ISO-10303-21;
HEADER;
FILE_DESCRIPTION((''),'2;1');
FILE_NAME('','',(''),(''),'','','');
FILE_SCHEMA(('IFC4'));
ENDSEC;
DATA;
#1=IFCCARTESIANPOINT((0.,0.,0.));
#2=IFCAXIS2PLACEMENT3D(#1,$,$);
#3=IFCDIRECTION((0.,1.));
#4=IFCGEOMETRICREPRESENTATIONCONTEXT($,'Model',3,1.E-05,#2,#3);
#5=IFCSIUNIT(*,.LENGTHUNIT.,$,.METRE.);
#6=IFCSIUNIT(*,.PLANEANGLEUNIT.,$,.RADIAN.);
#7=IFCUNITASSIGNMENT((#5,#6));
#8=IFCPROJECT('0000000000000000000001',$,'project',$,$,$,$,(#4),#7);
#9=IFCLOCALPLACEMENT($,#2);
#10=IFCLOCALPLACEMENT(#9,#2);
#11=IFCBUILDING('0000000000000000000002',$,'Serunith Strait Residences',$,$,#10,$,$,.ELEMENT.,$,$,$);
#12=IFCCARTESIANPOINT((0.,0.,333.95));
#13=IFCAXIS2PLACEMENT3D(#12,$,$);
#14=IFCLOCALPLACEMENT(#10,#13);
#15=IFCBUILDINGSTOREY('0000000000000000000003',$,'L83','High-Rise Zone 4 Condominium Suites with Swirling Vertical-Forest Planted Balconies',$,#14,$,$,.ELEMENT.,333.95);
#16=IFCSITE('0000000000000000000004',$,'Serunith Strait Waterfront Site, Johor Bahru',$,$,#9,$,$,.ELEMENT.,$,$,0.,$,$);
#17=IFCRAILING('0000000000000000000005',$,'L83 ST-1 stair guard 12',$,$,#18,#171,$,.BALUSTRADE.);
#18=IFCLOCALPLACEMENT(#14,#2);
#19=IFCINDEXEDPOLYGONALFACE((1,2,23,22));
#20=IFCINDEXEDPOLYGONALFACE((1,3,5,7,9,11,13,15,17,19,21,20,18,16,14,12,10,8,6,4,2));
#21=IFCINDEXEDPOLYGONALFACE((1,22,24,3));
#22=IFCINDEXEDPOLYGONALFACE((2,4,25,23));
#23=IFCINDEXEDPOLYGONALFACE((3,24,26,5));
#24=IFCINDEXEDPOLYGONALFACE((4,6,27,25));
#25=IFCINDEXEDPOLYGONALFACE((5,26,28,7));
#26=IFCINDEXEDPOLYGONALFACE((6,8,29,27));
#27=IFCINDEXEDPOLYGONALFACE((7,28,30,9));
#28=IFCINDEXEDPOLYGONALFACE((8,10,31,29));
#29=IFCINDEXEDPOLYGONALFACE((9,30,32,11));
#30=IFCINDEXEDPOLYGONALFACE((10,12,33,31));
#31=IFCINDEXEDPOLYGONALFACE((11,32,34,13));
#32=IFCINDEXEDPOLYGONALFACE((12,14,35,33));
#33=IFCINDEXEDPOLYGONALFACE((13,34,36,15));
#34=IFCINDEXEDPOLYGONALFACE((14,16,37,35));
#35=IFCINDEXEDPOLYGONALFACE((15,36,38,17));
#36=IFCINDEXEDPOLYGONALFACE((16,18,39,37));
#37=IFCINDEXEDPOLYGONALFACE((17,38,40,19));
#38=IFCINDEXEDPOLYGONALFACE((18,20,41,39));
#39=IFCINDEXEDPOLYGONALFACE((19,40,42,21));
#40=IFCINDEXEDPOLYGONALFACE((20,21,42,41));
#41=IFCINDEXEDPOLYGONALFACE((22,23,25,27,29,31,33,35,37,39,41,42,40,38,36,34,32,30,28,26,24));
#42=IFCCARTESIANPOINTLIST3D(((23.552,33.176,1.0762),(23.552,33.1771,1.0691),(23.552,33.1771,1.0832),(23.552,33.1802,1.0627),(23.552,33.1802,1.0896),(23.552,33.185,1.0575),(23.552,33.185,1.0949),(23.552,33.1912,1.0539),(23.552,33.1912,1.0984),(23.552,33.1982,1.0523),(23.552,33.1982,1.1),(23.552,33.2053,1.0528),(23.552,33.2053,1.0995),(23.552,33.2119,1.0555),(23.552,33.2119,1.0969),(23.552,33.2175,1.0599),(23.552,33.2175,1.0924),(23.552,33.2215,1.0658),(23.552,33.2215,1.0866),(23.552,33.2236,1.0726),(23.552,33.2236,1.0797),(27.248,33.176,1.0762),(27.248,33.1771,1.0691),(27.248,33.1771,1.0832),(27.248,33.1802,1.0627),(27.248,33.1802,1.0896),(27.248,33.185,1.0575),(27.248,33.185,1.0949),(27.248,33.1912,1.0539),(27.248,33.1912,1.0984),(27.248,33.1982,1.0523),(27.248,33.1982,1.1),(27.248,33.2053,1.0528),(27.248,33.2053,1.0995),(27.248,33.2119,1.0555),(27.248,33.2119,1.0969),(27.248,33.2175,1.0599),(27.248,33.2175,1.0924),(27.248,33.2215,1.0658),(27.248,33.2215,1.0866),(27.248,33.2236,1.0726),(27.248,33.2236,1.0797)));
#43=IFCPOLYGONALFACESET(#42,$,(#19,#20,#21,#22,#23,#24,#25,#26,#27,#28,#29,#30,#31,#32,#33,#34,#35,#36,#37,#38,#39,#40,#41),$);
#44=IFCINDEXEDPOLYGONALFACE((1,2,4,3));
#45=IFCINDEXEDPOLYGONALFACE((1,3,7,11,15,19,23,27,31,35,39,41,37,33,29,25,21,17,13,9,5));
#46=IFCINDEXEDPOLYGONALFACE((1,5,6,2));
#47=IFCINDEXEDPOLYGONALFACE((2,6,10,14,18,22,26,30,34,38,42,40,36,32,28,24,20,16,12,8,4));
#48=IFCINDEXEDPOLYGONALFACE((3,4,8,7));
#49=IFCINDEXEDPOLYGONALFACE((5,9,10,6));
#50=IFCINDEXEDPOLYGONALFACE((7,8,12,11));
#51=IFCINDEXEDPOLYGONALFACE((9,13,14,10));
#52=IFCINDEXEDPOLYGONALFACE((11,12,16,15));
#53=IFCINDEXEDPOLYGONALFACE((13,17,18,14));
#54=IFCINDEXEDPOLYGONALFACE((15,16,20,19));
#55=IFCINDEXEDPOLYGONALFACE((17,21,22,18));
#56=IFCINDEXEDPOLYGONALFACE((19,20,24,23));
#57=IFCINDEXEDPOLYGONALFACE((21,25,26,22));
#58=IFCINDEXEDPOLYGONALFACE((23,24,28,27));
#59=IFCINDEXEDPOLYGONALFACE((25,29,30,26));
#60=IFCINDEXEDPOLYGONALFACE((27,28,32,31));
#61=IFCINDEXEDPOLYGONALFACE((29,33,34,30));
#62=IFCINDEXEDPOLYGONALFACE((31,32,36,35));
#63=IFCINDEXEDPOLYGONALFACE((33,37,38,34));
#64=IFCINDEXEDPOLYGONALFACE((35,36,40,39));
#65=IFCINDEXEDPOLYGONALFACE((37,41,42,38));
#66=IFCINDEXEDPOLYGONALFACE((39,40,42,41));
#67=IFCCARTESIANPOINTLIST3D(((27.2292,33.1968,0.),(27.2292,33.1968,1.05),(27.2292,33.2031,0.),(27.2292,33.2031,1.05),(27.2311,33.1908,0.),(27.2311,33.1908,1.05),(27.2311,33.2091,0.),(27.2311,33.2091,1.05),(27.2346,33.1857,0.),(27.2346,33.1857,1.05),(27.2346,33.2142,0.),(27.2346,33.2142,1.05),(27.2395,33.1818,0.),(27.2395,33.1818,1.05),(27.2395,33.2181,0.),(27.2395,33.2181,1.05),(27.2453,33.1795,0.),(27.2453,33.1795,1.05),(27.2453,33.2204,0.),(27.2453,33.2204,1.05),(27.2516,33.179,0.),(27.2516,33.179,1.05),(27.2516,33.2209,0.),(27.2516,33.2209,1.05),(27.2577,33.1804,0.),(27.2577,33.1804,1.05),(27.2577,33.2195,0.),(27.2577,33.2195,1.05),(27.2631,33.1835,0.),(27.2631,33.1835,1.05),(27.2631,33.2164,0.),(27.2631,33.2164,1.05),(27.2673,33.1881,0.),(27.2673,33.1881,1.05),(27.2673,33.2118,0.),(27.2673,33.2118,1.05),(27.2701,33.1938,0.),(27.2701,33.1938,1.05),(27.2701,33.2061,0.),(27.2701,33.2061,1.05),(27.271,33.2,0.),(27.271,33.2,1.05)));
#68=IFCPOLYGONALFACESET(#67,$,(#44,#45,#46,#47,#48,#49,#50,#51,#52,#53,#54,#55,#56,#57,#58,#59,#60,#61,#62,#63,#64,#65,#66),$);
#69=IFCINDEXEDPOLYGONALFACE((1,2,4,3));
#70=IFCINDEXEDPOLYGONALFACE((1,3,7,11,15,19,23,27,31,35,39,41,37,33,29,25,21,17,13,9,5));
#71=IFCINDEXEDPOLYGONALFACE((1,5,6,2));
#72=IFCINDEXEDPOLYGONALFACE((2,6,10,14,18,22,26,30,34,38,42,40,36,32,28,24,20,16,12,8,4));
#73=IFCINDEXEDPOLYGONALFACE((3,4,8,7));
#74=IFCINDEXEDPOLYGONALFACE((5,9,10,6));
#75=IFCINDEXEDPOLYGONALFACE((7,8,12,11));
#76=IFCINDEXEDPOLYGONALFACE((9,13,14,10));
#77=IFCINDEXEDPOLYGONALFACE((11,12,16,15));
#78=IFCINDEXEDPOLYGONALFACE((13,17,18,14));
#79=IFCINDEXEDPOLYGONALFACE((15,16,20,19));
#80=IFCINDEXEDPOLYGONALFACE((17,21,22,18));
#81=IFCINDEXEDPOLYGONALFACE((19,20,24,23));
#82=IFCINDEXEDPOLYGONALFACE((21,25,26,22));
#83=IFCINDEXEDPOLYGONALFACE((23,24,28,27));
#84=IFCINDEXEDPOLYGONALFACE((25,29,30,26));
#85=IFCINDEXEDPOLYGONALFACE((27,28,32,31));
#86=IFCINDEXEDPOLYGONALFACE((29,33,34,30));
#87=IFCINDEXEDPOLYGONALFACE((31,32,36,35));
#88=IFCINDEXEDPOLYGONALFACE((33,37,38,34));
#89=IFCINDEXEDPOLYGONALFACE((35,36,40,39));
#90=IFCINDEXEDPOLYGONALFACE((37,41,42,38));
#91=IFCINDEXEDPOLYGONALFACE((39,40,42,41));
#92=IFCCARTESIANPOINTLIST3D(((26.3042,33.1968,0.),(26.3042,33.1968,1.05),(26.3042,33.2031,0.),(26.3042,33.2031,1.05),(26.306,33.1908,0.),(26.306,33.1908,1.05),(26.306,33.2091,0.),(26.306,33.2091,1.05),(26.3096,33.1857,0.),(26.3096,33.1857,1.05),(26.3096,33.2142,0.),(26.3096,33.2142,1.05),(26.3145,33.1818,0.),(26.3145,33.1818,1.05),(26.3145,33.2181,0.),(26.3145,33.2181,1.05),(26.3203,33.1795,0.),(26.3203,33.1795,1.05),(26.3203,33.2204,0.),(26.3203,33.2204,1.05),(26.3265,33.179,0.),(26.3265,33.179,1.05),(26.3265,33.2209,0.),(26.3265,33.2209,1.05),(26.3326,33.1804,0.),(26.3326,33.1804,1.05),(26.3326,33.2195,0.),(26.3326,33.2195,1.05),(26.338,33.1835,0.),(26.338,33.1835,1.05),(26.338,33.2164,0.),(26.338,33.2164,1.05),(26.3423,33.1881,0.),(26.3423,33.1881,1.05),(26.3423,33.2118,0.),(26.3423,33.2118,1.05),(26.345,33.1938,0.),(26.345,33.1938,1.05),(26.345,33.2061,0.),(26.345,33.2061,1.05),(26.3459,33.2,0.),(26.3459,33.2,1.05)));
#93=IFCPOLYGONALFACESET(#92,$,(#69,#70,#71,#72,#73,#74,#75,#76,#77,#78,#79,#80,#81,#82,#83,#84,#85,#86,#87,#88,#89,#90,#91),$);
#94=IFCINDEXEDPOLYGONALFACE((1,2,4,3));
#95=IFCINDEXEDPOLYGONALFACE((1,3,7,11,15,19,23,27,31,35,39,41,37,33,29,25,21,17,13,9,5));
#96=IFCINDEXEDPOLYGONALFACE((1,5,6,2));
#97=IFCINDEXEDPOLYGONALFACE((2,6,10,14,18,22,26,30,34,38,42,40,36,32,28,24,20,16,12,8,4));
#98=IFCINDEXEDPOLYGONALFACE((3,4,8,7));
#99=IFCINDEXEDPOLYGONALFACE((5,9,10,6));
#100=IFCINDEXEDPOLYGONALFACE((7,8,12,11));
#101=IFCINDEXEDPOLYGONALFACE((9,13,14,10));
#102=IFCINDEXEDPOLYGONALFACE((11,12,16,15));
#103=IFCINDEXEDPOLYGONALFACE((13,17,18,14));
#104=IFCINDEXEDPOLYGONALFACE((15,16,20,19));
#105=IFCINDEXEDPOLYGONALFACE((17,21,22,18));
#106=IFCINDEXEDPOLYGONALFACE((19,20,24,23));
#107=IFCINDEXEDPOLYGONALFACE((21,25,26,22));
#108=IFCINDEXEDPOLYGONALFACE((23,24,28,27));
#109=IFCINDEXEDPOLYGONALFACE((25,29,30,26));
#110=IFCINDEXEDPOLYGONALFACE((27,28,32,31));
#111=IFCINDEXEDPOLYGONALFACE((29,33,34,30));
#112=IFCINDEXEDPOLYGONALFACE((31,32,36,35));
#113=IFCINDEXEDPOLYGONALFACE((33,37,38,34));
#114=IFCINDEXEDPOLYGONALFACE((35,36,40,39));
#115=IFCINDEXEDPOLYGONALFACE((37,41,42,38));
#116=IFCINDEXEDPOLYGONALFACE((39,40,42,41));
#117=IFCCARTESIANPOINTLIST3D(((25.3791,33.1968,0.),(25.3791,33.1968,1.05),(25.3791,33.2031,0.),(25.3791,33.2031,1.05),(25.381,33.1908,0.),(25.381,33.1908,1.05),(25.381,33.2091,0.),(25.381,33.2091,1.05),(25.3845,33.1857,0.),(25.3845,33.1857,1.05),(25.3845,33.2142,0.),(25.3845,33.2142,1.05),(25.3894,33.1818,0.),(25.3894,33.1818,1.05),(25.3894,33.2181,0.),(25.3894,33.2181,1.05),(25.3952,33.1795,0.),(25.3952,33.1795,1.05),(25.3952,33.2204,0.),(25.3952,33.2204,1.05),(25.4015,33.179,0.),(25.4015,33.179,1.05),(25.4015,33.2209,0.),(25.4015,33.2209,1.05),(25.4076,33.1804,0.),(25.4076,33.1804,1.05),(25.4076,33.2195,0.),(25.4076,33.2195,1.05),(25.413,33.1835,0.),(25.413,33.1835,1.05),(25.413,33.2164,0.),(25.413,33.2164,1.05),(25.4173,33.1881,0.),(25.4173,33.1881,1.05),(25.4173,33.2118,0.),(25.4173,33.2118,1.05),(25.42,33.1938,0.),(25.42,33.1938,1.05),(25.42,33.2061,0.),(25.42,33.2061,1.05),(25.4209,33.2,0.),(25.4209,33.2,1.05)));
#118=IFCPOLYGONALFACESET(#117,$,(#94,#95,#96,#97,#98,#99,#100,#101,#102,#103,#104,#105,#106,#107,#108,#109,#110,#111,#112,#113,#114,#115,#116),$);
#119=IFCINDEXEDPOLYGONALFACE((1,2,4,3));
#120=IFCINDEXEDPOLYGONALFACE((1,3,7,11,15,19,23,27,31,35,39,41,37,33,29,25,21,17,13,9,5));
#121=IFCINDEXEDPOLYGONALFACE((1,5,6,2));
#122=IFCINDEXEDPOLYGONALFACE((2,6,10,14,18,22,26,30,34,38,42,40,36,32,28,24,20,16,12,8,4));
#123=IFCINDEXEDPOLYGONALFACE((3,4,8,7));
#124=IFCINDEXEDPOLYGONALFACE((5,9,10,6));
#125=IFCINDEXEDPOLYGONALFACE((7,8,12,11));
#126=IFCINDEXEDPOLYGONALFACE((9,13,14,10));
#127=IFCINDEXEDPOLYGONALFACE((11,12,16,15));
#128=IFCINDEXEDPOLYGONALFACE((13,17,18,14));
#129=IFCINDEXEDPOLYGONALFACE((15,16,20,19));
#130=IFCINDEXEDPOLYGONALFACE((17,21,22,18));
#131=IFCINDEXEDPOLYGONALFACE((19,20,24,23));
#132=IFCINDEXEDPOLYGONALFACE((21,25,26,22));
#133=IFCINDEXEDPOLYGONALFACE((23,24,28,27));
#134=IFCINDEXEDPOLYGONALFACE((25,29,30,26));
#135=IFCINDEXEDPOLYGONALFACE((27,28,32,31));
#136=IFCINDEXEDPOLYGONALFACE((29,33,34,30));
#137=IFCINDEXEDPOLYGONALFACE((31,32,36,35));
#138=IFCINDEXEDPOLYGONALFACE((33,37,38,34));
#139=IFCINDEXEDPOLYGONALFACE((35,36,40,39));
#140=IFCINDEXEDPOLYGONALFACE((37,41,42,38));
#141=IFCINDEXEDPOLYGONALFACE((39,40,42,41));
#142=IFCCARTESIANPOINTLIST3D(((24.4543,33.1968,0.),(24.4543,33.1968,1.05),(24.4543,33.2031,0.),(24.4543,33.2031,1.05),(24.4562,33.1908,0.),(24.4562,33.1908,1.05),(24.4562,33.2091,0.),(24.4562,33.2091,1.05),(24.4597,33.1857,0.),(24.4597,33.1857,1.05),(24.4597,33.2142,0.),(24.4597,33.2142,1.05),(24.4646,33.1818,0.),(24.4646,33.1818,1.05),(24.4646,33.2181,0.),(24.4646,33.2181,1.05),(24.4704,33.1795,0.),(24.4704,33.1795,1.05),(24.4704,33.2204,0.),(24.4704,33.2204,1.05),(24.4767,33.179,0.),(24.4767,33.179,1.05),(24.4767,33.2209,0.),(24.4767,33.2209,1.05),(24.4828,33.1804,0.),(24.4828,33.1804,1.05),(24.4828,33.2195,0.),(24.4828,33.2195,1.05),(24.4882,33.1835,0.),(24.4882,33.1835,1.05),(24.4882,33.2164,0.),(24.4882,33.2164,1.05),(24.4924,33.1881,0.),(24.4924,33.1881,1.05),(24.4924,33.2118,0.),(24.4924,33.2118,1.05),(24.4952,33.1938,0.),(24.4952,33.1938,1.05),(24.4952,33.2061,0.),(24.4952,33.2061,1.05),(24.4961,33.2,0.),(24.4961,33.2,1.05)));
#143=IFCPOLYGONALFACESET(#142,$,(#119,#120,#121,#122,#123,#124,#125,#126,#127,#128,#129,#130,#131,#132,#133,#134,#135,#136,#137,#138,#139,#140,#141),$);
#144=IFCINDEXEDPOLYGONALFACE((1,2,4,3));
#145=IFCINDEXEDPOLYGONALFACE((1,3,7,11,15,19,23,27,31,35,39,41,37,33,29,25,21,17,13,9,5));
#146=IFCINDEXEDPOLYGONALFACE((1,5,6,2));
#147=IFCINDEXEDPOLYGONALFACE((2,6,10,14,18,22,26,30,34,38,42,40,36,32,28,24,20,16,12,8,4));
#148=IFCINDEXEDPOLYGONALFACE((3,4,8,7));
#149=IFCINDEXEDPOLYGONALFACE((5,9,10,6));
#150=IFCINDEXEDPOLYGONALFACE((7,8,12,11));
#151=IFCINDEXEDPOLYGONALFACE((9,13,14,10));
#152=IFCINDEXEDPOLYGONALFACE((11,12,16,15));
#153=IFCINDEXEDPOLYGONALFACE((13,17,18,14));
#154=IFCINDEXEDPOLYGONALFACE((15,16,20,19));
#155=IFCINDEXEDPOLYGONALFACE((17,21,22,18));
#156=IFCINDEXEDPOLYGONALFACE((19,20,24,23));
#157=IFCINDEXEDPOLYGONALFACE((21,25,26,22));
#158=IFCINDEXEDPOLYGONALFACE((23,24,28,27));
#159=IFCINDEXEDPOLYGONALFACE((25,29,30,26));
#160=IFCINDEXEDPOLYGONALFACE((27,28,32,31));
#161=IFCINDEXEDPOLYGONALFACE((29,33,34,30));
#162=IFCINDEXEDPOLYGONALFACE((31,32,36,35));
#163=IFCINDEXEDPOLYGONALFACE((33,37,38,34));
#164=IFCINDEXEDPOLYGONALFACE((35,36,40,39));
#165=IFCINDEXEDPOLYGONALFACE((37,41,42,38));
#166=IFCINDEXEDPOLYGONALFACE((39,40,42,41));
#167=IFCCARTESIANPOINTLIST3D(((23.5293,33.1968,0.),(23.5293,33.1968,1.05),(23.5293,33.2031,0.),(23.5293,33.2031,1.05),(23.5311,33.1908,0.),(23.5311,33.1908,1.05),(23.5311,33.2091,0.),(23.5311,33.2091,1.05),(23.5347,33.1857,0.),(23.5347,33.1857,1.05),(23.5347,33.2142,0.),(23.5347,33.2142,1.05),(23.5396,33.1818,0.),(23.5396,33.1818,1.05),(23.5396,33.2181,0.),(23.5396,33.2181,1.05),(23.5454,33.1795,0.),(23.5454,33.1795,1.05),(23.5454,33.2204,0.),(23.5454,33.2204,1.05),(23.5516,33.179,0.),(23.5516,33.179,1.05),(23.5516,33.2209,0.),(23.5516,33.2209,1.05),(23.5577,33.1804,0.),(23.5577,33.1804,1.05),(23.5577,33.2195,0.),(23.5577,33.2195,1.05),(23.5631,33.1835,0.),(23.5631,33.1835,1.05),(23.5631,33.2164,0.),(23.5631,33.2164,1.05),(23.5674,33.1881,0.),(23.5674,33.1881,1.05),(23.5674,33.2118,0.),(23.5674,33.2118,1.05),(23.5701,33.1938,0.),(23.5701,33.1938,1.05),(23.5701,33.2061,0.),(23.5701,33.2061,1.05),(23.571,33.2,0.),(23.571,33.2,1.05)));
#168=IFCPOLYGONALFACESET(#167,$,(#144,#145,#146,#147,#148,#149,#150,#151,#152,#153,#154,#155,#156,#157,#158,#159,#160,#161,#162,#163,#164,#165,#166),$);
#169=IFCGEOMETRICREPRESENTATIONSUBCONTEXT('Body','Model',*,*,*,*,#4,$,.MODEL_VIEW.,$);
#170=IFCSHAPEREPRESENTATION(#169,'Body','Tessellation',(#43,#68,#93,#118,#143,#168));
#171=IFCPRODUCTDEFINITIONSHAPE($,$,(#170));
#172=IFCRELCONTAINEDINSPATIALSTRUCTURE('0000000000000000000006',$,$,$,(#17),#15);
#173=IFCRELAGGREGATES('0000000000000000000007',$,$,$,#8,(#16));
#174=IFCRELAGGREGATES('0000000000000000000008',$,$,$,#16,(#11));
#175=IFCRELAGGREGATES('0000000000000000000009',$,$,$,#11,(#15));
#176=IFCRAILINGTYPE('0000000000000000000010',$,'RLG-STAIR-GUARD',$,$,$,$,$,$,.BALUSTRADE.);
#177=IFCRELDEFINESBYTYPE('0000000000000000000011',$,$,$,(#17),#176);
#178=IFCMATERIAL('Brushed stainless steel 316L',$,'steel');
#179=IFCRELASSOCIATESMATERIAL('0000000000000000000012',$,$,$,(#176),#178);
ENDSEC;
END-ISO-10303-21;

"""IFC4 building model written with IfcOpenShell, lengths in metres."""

from ifc_helpers import new_model, si_unit, direction, frame, origin, origin_2d, place, context, subcontext, project, spatial, circle, extrude, material, type_object, element, save


model = new_model("IFC4")

# Units and contexts
model_context = context("Model", 3, precision=1e-05, world=origin(), true_north=direction((0.0, 1.0)))
body_context = subcontext(model_context, "Body", "Model", "MODEL_VIEW")
ifc_project = project(units=[si_unit("LENGTHUNIT", "METRE"), si_unit("PLANEANGLEUNIT", "RADIAN")], contexts=[model_context])

# Site, building, storey
site_placement = place(None, origin())
site = spatial("IfcSite", under=ifc_project, at=site_placement, Name="Serunith Strait Waterfront Site, Johor Bahru", CompositionType="ELEMENT", RefElevation=0.0)
building_placement = place(site_placement, origin())
building = spatial("IfcBuilding", under=site, at=building_placement, Name="Serunith Strait Residences", CompositionType="ELEMENT")
storey_placement = place(building_placement, frame((0.0, 0.0, 333.95)))
storey = spatial("IfcBuildingStorey", under=building, at=storey_placement, Name="L83", Description="High-Rise Zone 4 Condominium Suites with Swirling Vertical-Forest Planted Balconies", CompositionType="ELEMENT", Elevation=333.95)

# Railing
ifc_material_1 = material(Name="Brushed stainless steel 316L", Category="steel")
railing_type_1 = type_object("IfcRailingType", Name="RLG-STAIR-GUARD", PredefinedType="BALUSTRADE", material=ifc_material_1)
railing_1_placement = place(storey_placement, frame((27.25, 33.2, 0.0)))
element("IfcRailing", 1, at=railing_1_placement, inside=storey, type_object=railing_type_1, Name="L83 ST-1 stair guard 12", PredefinedType="BALUSTRADE", context=body_context, shape_type="SweptSolid", body=[
    extrude(circle(Radius=0.0239, at=origin_2d()), frame((-0.002, 0.0, 1.0762), z_axis=(-1.0, 0.0, 0.0), x_axis=(0.0, -1.0, 0.0)), (0.0, 0.0, 1.0), 3.696),
    extrude(circle(Radius=0.021, at=origin_2d()), origin(), (0.0, 0.0, 1.0), 1.05),
    extrude(circle(Radius=0.021, at=origin_2d()), frame((-0.925, 0.0, 0.0)), (0.0, 0.0, 1.0), 1.05),
    extrude(circle(Radius=0.021, at=origin_2d()), frame((-1.8501, 0.0, 0.0)), (0.0, 0.0, 1.0), 1.05),
    extrude(circle(Radius=0.021, at=origin_2d()), frame((-2.7749, 0.0, 0.0)), (0.0, 0.0, 1.0), 1.05),
    extrude(circle(Radius=0.021, at=origin_2d()), frame((-3.7, 0.0, 0.0)), (0.0, 0.0, 1.0), 1.05),
])

save(model, "model.ifc")
